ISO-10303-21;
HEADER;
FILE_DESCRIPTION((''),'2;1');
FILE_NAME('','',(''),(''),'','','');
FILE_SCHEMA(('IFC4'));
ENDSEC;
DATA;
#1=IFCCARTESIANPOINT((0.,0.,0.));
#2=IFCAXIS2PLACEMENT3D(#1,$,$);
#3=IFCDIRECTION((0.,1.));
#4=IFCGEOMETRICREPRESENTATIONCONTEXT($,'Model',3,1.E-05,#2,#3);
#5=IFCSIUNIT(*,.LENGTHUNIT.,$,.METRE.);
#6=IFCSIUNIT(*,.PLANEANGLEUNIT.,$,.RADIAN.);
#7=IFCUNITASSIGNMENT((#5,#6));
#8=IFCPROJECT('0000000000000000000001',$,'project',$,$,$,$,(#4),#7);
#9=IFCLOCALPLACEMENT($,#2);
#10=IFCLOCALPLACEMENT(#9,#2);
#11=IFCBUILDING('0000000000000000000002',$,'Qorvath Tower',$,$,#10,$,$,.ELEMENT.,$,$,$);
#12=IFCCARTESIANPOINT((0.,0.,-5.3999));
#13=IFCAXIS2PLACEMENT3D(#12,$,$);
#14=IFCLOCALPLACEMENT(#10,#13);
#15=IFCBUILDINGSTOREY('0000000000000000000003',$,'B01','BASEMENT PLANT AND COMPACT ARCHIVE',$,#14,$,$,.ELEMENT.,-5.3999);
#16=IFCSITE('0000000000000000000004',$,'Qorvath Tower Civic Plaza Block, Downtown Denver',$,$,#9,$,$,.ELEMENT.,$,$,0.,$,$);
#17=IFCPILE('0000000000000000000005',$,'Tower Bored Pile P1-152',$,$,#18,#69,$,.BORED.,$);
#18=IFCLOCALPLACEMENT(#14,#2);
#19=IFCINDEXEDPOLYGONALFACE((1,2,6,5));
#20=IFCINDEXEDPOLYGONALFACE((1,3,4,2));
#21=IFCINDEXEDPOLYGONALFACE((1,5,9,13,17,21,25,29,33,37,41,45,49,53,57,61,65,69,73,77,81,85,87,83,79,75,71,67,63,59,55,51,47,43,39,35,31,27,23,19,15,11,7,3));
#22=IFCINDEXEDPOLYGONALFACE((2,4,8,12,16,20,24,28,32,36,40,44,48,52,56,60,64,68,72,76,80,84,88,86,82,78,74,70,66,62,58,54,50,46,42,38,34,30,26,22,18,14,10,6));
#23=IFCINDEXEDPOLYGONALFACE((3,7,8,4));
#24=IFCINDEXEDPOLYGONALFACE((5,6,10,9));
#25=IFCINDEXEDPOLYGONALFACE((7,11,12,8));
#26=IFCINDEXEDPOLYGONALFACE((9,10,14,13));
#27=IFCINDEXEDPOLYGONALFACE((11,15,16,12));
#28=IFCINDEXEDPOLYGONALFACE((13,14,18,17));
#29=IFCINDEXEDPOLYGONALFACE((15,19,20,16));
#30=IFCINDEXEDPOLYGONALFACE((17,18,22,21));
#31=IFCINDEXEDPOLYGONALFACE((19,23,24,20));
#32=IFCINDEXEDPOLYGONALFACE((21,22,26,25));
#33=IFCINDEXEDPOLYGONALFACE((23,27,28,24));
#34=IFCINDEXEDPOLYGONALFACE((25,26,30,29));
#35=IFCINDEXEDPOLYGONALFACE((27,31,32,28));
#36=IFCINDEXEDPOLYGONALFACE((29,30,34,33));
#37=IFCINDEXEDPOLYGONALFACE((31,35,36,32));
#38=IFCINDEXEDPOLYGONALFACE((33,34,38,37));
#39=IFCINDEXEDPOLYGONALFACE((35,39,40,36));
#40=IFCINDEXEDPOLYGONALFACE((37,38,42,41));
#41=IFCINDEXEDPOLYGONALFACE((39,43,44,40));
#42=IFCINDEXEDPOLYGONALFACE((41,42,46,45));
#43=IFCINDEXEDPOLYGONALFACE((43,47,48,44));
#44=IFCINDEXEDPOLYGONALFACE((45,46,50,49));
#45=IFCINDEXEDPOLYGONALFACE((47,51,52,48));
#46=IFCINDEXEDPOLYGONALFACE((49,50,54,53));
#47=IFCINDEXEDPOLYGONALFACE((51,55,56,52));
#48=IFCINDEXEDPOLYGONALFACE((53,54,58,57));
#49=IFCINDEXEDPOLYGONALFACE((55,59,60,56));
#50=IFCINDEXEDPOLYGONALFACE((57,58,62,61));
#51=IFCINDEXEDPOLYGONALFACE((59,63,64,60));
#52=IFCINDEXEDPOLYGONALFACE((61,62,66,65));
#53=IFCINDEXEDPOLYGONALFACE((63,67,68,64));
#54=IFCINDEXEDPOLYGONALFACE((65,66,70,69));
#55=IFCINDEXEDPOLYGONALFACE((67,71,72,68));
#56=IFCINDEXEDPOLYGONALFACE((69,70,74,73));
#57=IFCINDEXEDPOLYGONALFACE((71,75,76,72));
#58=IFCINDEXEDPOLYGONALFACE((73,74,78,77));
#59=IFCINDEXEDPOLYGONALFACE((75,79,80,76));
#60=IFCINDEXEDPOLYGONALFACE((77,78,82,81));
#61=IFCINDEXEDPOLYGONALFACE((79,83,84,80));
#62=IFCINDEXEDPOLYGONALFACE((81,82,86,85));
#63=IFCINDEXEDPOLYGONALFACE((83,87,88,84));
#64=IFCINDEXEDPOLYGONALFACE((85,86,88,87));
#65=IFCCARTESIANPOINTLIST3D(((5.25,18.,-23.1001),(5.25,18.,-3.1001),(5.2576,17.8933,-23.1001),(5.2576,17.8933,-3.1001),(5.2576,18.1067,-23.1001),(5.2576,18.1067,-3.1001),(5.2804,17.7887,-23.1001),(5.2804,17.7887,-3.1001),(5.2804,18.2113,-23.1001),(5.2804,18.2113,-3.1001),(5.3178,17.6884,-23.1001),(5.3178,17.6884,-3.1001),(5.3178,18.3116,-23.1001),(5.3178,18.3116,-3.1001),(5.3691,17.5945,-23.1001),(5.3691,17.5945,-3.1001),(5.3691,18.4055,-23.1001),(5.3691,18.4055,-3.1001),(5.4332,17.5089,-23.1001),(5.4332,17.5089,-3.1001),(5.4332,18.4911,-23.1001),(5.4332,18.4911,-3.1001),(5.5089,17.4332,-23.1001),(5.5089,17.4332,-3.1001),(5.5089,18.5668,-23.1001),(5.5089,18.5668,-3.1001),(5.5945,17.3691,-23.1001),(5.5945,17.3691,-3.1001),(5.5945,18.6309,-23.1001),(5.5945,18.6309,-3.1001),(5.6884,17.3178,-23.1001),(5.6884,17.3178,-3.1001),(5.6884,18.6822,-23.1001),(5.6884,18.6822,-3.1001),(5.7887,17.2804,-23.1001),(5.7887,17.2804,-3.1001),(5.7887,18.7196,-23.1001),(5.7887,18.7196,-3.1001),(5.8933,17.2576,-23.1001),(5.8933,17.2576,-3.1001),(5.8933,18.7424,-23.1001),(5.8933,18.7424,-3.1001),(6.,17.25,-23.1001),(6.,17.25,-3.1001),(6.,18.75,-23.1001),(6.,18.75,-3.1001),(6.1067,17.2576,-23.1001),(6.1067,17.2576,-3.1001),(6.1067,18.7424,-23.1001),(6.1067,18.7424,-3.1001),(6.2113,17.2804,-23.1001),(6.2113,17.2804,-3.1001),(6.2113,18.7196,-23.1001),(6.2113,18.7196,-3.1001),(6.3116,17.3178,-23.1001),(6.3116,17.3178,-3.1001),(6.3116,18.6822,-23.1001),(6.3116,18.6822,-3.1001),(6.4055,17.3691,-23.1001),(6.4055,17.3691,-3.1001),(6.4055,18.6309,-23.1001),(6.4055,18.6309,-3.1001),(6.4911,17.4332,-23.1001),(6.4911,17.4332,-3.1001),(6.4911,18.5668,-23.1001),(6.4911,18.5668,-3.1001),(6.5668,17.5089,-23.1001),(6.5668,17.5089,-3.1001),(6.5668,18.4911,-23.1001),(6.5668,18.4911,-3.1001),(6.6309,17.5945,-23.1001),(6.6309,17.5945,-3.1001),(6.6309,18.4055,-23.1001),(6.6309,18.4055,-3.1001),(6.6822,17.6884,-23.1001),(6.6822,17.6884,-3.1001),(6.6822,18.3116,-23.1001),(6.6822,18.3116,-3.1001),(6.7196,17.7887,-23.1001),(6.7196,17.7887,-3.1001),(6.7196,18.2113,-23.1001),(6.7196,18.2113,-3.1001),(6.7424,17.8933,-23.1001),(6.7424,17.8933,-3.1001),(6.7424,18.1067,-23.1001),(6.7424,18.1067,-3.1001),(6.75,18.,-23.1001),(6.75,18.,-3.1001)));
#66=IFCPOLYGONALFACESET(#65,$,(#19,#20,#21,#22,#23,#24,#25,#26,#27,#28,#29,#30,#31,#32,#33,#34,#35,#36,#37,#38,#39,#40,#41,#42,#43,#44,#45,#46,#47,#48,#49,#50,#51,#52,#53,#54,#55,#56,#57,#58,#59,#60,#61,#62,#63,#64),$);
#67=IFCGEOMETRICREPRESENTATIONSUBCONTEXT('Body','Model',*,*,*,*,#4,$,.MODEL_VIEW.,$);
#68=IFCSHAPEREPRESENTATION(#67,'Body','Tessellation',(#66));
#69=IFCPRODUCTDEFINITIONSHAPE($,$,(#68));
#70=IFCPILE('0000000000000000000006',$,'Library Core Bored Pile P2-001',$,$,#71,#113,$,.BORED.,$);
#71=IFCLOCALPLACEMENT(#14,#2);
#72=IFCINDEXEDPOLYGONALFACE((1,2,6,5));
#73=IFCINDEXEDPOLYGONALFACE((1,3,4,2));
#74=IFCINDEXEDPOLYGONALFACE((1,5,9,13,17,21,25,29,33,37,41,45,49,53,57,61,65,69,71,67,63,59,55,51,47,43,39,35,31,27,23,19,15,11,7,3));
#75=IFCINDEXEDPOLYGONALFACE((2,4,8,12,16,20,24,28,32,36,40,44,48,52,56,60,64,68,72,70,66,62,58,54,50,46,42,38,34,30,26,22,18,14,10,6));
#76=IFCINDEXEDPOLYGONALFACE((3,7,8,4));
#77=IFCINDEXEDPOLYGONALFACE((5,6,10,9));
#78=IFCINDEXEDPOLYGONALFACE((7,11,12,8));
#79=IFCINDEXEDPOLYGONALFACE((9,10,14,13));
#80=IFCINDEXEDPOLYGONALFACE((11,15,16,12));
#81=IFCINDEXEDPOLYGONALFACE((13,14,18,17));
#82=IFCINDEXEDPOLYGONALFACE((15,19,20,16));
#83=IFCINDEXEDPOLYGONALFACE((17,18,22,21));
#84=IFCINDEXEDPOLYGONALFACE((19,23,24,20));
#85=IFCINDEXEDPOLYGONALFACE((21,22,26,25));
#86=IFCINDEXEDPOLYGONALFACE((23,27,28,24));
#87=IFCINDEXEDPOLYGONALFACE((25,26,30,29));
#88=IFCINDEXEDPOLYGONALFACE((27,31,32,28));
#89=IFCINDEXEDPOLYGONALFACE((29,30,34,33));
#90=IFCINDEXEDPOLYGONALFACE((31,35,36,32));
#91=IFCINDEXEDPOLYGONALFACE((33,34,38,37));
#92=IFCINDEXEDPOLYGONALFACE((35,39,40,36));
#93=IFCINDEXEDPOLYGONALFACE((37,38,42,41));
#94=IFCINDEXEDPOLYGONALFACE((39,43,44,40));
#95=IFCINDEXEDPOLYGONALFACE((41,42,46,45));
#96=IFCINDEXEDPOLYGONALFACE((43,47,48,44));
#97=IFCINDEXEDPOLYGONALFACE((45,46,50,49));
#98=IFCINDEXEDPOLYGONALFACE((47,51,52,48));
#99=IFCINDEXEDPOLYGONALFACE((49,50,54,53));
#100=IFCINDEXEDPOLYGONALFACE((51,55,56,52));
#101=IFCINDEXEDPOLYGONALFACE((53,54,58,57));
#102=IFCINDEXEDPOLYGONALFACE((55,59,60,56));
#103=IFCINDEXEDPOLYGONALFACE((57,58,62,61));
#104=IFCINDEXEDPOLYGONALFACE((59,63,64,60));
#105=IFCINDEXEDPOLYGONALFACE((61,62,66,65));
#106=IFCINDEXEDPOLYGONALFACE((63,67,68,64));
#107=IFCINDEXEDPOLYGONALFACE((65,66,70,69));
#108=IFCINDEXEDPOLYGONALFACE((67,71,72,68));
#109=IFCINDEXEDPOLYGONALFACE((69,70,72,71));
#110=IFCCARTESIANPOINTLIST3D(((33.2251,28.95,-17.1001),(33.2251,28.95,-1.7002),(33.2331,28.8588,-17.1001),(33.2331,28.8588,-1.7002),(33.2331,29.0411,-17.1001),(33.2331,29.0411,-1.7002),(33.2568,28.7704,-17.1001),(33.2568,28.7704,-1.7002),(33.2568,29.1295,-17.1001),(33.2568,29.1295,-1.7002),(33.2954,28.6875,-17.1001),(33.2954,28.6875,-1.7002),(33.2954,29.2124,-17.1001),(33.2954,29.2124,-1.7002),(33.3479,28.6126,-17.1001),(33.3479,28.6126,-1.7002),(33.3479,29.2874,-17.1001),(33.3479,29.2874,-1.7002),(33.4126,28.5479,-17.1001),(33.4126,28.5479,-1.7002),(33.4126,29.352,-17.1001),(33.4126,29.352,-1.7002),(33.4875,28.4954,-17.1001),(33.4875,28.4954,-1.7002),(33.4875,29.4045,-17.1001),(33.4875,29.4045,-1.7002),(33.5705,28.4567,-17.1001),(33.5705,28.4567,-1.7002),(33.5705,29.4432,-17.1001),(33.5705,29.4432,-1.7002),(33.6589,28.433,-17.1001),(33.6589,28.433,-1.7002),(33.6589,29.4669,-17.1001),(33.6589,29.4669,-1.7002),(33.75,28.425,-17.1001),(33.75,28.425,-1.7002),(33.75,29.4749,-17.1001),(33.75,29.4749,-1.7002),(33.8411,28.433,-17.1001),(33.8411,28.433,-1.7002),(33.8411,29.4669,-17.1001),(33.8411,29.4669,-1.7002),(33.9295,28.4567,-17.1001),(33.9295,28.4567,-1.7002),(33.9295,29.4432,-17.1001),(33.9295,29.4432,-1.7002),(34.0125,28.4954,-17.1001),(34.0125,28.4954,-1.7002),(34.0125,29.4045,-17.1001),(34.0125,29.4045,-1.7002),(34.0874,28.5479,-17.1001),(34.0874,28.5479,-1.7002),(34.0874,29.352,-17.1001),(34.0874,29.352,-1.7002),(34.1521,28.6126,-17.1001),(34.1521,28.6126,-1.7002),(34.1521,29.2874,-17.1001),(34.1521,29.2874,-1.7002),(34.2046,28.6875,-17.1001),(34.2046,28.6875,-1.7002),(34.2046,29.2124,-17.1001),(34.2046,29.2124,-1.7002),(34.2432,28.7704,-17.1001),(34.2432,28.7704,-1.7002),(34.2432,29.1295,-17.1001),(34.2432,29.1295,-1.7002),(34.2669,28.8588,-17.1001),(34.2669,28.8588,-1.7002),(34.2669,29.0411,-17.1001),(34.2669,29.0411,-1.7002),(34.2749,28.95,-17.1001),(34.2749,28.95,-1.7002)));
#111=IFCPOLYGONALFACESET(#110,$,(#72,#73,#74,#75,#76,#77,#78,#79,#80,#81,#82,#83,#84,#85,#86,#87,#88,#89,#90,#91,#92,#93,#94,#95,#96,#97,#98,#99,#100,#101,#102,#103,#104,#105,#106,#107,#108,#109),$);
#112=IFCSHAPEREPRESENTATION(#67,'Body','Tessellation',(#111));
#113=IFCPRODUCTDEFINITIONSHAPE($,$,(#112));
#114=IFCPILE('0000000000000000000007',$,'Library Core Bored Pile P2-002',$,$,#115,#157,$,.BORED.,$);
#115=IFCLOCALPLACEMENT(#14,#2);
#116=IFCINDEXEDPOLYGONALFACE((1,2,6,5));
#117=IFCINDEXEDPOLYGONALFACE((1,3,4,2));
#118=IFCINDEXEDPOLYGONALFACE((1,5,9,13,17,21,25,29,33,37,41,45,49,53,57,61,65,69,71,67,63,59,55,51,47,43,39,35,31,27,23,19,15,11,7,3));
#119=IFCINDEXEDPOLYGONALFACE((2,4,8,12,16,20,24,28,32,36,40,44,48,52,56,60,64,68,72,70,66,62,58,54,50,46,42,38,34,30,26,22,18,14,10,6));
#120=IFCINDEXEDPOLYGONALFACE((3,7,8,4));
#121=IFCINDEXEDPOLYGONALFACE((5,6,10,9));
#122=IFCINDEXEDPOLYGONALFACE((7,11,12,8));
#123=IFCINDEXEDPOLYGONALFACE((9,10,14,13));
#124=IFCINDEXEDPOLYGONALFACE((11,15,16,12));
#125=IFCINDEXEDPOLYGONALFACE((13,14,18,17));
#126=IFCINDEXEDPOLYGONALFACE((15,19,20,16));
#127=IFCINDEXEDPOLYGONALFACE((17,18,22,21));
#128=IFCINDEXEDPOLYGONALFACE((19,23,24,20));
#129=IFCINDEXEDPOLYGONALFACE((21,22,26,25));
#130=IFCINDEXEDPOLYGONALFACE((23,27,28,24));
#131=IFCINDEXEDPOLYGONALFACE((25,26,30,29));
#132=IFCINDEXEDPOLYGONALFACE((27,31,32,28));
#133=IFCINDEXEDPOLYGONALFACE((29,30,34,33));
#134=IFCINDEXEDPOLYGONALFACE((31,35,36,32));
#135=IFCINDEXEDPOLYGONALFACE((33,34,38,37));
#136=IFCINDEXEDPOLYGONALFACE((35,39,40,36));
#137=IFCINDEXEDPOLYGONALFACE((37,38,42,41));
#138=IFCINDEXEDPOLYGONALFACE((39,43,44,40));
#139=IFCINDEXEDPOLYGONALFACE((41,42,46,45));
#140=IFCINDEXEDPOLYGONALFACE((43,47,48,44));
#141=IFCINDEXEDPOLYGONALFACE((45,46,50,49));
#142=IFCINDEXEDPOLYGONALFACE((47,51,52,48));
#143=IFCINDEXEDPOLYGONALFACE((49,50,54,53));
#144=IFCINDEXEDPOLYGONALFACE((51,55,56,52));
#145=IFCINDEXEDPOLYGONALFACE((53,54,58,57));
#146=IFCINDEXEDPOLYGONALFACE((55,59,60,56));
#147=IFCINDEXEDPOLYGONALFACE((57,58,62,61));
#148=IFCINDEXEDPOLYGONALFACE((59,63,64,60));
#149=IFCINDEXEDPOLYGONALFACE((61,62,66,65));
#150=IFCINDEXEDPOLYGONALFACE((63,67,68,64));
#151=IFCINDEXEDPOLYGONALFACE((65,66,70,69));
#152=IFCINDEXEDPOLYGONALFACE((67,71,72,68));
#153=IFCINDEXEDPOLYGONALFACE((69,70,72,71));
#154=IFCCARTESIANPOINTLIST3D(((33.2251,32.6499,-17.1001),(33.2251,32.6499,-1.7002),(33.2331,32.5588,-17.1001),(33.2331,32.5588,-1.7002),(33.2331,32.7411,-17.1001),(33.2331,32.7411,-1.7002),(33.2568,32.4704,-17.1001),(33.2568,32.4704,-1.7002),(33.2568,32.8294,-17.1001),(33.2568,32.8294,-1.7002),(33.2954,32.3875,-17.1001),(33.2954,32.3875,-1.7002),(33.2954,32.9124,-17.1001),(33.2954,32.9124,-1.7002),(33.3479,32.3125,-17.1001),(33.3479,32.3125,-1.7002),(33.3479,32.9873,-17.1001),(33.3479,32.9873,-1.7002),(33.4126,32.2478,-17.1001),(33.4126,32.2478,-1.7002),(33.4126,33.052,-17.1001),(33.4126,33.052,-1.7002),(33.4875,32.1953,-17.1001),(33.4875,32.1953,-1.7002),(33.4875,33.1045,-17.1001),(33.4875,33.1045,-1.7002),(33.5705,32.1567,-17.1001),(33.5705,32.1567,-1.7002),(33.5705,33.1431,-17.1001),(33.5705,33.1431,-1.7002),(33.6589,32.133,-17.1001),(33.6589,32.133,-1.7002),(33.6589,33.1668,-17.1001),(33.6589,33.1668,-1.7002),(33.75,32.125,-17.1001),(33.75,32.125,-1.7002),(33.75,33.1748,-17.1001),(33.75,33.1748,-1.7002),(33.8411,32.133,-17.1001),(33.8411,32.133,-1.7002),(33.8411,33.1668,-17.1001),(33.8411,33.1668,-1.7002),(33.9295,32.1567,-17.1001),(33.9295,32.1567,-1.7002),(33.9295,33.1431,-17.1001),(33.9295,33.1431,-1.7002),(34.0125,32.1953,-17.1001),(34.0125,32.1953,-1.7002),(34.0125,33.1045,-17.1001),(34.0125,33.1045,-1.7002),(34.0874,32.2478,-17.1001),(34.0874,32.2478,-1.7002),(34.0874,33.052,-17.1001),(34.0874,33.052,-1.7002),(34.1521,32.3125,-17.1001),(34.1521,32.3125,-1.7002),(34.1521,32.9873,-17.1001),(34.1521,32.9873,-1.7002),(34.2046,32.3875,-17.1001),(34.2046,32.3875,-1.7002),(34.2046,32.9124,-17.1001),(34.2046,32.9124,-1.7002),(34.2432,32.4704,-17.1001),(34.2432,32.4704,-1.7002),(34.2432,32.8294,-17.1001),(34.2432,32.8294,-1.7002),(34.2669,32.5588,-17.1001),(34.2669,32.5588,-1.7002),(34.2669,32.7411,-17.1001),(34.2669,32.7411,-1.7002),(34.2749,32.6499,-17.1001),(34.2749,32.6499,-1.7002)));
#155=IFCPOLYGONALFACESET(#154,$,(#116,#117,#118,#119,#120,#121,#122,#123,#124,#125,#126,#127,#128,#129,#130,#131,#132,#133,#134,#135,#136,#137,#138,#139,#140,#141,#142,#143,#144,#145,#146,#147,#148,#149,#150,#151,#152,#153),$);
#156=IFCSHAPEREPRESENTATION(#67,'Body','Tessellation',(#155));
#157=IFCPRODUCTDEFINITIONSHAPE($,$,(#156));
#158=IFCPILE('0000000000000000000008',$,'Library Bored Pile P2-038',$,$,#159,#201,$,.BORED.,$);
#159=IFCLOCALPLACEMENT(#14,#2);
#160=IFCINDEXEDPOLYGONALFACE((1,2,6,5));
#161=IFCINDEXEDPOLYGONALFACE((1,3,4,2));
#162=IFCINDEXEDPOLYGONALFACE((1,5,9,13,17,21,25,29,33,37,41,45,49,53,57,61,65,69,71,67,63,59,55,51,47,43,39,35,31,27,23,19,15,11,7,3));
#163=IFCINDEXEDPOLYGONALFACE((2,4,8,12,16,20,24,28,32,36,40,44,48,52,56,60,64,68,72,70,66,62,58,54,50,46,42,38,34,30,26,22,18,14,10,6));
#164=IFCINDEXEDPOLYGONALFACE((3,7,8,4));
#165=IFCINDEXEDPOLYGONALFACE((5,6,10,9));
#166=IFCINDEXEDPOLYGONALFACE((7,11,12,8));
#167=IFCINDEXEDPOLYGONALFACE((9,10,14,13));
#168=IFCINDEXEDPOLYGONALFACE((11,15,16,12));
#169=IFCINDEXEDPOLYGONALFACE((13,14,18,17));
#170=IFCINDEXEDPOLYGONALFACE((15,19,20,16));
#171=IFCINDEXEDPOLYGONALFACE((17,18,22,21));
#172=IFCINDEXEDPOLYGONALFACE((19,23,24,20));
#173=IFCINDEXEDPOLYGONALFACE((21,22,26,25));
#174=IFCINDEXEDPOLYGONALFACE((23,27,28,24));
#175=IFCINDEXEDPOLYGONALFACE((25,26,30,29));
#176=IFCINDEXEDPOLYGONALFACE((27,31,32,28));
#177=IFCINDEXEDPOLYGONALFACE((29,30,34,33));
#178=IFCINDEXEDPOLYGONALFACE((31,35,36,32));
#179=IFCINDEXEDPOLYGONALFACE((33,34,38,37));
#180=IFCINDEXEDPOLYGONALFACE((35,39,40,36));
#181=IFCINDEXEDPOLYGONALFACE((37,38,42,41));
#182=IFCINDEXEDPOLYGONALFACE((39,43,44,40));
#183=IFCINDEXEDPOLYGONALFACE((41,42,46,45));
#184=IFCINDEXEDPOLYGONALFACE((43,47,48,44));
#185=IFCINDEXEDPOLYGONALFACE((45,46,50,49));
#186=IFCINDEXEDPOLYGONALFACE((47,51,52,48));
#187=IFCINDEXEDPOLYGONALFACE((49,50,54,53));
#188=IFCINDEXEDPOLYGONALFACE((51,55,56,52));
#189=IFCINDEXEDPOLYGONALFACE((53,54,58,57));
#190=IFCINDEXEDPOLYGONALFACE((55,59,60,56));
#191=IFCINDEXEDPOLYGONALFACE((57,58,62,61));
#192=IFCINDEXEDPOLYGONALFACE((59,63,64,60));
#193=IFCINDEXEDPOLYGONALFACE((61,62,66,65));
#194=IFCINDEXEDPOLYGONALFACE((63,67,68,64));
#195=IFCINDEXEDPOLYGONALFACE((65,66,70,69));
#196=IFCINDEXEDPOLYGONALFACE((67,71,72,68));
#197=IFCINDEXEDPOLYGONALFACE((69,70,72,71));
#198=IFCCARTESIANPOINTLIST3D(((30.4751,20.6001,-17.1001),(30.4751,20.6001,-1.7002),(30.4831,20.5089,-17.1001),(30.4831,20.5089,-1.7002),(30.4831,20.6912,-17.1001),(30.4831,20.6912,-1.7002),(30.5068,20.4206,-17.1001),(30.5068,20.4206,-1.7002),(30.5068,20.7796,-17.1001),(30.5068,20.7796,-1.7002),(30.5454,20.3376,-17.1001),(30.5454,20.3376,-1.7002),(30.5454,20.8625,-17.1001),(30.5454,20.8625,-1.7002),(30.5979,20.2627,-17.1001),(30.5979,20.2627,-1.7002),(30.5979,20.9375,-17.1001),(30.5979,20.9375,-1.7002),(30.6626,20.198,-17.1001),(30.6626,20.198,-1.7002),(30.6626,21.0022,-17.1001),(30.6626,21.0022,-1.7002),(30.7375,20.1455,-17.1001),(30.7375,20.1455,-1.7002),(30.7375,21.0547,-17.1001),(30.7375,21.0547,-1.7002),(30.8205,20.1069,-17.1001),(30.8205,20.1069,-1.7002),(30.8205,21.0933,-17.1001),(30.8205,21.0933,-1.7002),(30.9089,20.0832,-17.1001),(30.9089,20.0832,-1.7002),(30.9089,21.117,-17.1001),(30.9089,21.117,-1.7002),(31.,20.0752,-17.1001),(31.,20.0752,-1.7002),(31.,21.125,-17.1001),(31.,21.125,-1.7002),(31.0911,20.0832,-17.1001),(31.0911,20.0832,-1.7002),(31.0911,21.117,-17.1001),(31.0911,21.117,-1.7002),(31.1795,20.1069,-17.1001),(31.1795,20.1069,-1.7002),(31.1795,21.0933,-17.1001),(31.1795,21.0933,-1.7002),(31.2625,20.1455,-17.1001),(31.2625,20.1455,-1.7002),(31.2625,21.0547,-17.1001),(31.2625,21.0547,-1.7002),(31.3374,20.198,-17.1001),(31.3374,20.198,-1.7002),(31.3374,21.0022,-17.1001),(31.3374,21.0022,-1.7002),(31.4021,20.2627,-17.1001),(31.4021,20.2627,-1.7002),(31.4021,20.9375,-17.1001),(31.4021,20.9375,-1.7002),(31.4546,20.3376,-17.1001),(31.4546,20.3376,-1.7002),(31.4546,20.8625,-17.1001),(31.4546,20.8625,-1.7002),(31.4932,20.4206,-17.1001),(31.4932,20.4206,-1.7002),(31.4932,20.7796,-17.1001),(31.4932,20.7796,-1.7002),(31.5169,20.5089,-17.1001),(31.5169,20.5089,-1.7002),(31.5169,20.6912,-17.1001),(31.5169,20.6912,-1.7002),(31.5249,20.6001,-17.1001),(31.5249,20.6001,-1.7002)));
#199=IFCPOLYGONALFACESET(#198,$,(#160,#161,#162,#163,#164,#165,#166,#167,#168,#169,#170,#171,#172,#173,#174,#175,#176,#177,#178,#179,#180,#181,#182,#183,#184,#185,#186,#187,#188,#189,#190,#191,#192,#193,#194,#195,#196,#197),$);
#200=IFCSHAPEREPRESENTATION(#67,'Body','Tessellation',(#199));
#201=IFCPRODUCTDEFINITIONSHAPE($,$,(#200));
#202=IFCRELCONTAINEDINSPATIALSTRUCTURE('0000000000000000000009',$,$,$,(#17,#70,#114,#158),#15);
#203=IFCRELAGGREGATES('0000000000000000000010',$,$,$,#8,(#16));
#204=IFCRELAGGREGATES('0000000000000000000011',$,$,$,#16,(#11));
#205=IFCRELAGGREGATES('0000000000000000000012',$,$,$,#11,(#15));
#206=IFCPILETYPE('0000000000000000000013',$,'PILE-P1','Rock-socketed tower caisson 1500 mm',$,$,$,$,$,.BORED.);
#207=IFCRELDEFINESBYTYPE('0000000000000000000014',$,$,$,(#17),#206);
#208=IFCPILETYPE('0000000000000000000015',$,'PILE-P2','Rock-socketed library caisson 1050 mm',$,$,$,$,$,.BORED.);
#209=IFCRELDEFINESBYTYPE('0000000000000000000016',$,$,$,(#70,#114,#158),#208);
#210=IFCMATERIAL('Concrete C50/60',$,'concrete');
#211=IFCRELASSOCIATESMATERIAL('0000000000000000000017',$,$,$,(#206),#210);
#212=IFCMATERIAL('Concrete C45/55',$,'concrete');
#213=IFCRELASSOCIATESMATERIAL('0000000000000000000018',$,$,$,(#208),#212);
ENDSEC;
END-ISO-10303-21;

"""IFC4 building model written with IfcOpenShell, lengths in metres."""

from ifc_helpers import new_model, si_unit, direction, frame, origin, origin_2d, place, context, subcontext, project, spatial, circle, extrude, material, material_profile, profile_set, type_object, element, save


model = new_model("IFC4")

# Units and contexts
model_context = context("Model", 3, precision=1e-05, world=origin(), true_north=direction((0.0, 1.0)))
body_context = subcontext(model_context, "Body", "Model", "MODEL_VIEW")
ifc_project = project(units=[si_unit("LENGTHUNIT", "METRE"), si_unit("PLANEANGLEUNIT", "RADIAN")], contexts=[model_context])

# Site, building, storey
site_placement = place(None, origin())
site = spatial("IfcSite", under=ifc_project, at=site_placement, Name="Qorvath Tower Civic Plaza Block, Downtown Denver", CompositionType="ELEMENT", RefElevation=0.0)
building_placement = place(site_placement, origin())
building = spatial("IfcBuilding", under=site, at=building_placement, Name="Qorvath Tower", CompositionType="ELEMENT")
storey_placement = place(building_placement, frame((0.0, 0.0, -5.3999)))
storey = spatial("IfcBuildingStorey", under=building, at=storey_placement, Name="B01", Description="BASEMENT PLANT AND COMPACT ARCHIVE", CompositionType="ELEMENT", Elevation=-5.3999)

# Piles
ifc_material_1 = material(Name="Concrete C50/60", Category="concrete")
ifc_material_profile_1 = material_profile(ifc_material_1, circle(Radius=0.75, at=origin_2d()), Name="BORED PILE 1500")
ifc_profile_set_1 = profile_set([ifc_material_profile_1], Name="Concrete C50/60")
pile_type_1 = type_object("IfcPileType", Name="PILE-P1", Description="Rock-socketed tower caisson 1500 mm", PredefinedType="BORED", material=ifc_profile_set_1)
for number, where, z_axis, x_axis, name in (
    (1, (6.0, 18.0, -3.1001), (0.0, 0.0, -1.0), (1.0, 0.0, 0.0), "Tower Bored Pile P1-152"),
):
    element("IfcPile", number, at=place(storey_placement, frame(where, z_axis=z_axis, x_axis=x_axis)), inside=storey, type_object=pile_type_1, Name=name, PredefinedType="BORED", context=body_context, shape_type="SweptSolid", body=[
        extrude(circle(Radius=0.75, at=origin_2d()), origin(), (0.0, 0.0, 1.0), 20.0),
    ])
ifc_material_2 = material(Name="Concrete C45/55", Category="concrete")
ifc_material_profile_2 = material_profile(ifc_material_2, circle(Radius=0.5249, at=origin_2d()), Name="BORED PILE 1050")
ifc_profile_set_2 = profile_set([ifc_material_profile_2], Name="Concrete C45/55")
pile_type_2 = type_object("IfcPileType", Name="PILE-P2", Description="Rock-socketed library caisson 1050 mm", PredefinedType="BORED", material=ifc_profile_set_2)
for number, where, z_axis, x_axis, name in (
    (2, (33.75, 28.95, -1.7002), (0.0, 0.0, -1.0), (1.0, 0.0, 0.0), "Library Core Bored Pile P2-001"),
    (3, (33.75, 32.6499, -1.7002), (0.0, 0.0, -1.0), (1.0, 0.0, 0.0), "Library Core Bored Pile P2-002"),
    (4, (31.0, 20.6001, -1.7002), (0.0, 0.0, -1.0), (1.0, 0.0, 0.0), "Library Bored Pile P2-038"),
):
    element("IfcPile", number, at=place(storey_placement, frame(where, z_axis=z_axis, x_axis=x_axis)), inside=storey, type_object=pile_type_2, Name=name, PredefinedType="BORED", context=body_context, shape_type="SweptSolid", body=[
        extrude(circle(Radius=0.5249, at=origin_2d()), origin(), (0.0, 0.0, 1.0), 15.3999),
    ])

save(model, "model.ifc")
